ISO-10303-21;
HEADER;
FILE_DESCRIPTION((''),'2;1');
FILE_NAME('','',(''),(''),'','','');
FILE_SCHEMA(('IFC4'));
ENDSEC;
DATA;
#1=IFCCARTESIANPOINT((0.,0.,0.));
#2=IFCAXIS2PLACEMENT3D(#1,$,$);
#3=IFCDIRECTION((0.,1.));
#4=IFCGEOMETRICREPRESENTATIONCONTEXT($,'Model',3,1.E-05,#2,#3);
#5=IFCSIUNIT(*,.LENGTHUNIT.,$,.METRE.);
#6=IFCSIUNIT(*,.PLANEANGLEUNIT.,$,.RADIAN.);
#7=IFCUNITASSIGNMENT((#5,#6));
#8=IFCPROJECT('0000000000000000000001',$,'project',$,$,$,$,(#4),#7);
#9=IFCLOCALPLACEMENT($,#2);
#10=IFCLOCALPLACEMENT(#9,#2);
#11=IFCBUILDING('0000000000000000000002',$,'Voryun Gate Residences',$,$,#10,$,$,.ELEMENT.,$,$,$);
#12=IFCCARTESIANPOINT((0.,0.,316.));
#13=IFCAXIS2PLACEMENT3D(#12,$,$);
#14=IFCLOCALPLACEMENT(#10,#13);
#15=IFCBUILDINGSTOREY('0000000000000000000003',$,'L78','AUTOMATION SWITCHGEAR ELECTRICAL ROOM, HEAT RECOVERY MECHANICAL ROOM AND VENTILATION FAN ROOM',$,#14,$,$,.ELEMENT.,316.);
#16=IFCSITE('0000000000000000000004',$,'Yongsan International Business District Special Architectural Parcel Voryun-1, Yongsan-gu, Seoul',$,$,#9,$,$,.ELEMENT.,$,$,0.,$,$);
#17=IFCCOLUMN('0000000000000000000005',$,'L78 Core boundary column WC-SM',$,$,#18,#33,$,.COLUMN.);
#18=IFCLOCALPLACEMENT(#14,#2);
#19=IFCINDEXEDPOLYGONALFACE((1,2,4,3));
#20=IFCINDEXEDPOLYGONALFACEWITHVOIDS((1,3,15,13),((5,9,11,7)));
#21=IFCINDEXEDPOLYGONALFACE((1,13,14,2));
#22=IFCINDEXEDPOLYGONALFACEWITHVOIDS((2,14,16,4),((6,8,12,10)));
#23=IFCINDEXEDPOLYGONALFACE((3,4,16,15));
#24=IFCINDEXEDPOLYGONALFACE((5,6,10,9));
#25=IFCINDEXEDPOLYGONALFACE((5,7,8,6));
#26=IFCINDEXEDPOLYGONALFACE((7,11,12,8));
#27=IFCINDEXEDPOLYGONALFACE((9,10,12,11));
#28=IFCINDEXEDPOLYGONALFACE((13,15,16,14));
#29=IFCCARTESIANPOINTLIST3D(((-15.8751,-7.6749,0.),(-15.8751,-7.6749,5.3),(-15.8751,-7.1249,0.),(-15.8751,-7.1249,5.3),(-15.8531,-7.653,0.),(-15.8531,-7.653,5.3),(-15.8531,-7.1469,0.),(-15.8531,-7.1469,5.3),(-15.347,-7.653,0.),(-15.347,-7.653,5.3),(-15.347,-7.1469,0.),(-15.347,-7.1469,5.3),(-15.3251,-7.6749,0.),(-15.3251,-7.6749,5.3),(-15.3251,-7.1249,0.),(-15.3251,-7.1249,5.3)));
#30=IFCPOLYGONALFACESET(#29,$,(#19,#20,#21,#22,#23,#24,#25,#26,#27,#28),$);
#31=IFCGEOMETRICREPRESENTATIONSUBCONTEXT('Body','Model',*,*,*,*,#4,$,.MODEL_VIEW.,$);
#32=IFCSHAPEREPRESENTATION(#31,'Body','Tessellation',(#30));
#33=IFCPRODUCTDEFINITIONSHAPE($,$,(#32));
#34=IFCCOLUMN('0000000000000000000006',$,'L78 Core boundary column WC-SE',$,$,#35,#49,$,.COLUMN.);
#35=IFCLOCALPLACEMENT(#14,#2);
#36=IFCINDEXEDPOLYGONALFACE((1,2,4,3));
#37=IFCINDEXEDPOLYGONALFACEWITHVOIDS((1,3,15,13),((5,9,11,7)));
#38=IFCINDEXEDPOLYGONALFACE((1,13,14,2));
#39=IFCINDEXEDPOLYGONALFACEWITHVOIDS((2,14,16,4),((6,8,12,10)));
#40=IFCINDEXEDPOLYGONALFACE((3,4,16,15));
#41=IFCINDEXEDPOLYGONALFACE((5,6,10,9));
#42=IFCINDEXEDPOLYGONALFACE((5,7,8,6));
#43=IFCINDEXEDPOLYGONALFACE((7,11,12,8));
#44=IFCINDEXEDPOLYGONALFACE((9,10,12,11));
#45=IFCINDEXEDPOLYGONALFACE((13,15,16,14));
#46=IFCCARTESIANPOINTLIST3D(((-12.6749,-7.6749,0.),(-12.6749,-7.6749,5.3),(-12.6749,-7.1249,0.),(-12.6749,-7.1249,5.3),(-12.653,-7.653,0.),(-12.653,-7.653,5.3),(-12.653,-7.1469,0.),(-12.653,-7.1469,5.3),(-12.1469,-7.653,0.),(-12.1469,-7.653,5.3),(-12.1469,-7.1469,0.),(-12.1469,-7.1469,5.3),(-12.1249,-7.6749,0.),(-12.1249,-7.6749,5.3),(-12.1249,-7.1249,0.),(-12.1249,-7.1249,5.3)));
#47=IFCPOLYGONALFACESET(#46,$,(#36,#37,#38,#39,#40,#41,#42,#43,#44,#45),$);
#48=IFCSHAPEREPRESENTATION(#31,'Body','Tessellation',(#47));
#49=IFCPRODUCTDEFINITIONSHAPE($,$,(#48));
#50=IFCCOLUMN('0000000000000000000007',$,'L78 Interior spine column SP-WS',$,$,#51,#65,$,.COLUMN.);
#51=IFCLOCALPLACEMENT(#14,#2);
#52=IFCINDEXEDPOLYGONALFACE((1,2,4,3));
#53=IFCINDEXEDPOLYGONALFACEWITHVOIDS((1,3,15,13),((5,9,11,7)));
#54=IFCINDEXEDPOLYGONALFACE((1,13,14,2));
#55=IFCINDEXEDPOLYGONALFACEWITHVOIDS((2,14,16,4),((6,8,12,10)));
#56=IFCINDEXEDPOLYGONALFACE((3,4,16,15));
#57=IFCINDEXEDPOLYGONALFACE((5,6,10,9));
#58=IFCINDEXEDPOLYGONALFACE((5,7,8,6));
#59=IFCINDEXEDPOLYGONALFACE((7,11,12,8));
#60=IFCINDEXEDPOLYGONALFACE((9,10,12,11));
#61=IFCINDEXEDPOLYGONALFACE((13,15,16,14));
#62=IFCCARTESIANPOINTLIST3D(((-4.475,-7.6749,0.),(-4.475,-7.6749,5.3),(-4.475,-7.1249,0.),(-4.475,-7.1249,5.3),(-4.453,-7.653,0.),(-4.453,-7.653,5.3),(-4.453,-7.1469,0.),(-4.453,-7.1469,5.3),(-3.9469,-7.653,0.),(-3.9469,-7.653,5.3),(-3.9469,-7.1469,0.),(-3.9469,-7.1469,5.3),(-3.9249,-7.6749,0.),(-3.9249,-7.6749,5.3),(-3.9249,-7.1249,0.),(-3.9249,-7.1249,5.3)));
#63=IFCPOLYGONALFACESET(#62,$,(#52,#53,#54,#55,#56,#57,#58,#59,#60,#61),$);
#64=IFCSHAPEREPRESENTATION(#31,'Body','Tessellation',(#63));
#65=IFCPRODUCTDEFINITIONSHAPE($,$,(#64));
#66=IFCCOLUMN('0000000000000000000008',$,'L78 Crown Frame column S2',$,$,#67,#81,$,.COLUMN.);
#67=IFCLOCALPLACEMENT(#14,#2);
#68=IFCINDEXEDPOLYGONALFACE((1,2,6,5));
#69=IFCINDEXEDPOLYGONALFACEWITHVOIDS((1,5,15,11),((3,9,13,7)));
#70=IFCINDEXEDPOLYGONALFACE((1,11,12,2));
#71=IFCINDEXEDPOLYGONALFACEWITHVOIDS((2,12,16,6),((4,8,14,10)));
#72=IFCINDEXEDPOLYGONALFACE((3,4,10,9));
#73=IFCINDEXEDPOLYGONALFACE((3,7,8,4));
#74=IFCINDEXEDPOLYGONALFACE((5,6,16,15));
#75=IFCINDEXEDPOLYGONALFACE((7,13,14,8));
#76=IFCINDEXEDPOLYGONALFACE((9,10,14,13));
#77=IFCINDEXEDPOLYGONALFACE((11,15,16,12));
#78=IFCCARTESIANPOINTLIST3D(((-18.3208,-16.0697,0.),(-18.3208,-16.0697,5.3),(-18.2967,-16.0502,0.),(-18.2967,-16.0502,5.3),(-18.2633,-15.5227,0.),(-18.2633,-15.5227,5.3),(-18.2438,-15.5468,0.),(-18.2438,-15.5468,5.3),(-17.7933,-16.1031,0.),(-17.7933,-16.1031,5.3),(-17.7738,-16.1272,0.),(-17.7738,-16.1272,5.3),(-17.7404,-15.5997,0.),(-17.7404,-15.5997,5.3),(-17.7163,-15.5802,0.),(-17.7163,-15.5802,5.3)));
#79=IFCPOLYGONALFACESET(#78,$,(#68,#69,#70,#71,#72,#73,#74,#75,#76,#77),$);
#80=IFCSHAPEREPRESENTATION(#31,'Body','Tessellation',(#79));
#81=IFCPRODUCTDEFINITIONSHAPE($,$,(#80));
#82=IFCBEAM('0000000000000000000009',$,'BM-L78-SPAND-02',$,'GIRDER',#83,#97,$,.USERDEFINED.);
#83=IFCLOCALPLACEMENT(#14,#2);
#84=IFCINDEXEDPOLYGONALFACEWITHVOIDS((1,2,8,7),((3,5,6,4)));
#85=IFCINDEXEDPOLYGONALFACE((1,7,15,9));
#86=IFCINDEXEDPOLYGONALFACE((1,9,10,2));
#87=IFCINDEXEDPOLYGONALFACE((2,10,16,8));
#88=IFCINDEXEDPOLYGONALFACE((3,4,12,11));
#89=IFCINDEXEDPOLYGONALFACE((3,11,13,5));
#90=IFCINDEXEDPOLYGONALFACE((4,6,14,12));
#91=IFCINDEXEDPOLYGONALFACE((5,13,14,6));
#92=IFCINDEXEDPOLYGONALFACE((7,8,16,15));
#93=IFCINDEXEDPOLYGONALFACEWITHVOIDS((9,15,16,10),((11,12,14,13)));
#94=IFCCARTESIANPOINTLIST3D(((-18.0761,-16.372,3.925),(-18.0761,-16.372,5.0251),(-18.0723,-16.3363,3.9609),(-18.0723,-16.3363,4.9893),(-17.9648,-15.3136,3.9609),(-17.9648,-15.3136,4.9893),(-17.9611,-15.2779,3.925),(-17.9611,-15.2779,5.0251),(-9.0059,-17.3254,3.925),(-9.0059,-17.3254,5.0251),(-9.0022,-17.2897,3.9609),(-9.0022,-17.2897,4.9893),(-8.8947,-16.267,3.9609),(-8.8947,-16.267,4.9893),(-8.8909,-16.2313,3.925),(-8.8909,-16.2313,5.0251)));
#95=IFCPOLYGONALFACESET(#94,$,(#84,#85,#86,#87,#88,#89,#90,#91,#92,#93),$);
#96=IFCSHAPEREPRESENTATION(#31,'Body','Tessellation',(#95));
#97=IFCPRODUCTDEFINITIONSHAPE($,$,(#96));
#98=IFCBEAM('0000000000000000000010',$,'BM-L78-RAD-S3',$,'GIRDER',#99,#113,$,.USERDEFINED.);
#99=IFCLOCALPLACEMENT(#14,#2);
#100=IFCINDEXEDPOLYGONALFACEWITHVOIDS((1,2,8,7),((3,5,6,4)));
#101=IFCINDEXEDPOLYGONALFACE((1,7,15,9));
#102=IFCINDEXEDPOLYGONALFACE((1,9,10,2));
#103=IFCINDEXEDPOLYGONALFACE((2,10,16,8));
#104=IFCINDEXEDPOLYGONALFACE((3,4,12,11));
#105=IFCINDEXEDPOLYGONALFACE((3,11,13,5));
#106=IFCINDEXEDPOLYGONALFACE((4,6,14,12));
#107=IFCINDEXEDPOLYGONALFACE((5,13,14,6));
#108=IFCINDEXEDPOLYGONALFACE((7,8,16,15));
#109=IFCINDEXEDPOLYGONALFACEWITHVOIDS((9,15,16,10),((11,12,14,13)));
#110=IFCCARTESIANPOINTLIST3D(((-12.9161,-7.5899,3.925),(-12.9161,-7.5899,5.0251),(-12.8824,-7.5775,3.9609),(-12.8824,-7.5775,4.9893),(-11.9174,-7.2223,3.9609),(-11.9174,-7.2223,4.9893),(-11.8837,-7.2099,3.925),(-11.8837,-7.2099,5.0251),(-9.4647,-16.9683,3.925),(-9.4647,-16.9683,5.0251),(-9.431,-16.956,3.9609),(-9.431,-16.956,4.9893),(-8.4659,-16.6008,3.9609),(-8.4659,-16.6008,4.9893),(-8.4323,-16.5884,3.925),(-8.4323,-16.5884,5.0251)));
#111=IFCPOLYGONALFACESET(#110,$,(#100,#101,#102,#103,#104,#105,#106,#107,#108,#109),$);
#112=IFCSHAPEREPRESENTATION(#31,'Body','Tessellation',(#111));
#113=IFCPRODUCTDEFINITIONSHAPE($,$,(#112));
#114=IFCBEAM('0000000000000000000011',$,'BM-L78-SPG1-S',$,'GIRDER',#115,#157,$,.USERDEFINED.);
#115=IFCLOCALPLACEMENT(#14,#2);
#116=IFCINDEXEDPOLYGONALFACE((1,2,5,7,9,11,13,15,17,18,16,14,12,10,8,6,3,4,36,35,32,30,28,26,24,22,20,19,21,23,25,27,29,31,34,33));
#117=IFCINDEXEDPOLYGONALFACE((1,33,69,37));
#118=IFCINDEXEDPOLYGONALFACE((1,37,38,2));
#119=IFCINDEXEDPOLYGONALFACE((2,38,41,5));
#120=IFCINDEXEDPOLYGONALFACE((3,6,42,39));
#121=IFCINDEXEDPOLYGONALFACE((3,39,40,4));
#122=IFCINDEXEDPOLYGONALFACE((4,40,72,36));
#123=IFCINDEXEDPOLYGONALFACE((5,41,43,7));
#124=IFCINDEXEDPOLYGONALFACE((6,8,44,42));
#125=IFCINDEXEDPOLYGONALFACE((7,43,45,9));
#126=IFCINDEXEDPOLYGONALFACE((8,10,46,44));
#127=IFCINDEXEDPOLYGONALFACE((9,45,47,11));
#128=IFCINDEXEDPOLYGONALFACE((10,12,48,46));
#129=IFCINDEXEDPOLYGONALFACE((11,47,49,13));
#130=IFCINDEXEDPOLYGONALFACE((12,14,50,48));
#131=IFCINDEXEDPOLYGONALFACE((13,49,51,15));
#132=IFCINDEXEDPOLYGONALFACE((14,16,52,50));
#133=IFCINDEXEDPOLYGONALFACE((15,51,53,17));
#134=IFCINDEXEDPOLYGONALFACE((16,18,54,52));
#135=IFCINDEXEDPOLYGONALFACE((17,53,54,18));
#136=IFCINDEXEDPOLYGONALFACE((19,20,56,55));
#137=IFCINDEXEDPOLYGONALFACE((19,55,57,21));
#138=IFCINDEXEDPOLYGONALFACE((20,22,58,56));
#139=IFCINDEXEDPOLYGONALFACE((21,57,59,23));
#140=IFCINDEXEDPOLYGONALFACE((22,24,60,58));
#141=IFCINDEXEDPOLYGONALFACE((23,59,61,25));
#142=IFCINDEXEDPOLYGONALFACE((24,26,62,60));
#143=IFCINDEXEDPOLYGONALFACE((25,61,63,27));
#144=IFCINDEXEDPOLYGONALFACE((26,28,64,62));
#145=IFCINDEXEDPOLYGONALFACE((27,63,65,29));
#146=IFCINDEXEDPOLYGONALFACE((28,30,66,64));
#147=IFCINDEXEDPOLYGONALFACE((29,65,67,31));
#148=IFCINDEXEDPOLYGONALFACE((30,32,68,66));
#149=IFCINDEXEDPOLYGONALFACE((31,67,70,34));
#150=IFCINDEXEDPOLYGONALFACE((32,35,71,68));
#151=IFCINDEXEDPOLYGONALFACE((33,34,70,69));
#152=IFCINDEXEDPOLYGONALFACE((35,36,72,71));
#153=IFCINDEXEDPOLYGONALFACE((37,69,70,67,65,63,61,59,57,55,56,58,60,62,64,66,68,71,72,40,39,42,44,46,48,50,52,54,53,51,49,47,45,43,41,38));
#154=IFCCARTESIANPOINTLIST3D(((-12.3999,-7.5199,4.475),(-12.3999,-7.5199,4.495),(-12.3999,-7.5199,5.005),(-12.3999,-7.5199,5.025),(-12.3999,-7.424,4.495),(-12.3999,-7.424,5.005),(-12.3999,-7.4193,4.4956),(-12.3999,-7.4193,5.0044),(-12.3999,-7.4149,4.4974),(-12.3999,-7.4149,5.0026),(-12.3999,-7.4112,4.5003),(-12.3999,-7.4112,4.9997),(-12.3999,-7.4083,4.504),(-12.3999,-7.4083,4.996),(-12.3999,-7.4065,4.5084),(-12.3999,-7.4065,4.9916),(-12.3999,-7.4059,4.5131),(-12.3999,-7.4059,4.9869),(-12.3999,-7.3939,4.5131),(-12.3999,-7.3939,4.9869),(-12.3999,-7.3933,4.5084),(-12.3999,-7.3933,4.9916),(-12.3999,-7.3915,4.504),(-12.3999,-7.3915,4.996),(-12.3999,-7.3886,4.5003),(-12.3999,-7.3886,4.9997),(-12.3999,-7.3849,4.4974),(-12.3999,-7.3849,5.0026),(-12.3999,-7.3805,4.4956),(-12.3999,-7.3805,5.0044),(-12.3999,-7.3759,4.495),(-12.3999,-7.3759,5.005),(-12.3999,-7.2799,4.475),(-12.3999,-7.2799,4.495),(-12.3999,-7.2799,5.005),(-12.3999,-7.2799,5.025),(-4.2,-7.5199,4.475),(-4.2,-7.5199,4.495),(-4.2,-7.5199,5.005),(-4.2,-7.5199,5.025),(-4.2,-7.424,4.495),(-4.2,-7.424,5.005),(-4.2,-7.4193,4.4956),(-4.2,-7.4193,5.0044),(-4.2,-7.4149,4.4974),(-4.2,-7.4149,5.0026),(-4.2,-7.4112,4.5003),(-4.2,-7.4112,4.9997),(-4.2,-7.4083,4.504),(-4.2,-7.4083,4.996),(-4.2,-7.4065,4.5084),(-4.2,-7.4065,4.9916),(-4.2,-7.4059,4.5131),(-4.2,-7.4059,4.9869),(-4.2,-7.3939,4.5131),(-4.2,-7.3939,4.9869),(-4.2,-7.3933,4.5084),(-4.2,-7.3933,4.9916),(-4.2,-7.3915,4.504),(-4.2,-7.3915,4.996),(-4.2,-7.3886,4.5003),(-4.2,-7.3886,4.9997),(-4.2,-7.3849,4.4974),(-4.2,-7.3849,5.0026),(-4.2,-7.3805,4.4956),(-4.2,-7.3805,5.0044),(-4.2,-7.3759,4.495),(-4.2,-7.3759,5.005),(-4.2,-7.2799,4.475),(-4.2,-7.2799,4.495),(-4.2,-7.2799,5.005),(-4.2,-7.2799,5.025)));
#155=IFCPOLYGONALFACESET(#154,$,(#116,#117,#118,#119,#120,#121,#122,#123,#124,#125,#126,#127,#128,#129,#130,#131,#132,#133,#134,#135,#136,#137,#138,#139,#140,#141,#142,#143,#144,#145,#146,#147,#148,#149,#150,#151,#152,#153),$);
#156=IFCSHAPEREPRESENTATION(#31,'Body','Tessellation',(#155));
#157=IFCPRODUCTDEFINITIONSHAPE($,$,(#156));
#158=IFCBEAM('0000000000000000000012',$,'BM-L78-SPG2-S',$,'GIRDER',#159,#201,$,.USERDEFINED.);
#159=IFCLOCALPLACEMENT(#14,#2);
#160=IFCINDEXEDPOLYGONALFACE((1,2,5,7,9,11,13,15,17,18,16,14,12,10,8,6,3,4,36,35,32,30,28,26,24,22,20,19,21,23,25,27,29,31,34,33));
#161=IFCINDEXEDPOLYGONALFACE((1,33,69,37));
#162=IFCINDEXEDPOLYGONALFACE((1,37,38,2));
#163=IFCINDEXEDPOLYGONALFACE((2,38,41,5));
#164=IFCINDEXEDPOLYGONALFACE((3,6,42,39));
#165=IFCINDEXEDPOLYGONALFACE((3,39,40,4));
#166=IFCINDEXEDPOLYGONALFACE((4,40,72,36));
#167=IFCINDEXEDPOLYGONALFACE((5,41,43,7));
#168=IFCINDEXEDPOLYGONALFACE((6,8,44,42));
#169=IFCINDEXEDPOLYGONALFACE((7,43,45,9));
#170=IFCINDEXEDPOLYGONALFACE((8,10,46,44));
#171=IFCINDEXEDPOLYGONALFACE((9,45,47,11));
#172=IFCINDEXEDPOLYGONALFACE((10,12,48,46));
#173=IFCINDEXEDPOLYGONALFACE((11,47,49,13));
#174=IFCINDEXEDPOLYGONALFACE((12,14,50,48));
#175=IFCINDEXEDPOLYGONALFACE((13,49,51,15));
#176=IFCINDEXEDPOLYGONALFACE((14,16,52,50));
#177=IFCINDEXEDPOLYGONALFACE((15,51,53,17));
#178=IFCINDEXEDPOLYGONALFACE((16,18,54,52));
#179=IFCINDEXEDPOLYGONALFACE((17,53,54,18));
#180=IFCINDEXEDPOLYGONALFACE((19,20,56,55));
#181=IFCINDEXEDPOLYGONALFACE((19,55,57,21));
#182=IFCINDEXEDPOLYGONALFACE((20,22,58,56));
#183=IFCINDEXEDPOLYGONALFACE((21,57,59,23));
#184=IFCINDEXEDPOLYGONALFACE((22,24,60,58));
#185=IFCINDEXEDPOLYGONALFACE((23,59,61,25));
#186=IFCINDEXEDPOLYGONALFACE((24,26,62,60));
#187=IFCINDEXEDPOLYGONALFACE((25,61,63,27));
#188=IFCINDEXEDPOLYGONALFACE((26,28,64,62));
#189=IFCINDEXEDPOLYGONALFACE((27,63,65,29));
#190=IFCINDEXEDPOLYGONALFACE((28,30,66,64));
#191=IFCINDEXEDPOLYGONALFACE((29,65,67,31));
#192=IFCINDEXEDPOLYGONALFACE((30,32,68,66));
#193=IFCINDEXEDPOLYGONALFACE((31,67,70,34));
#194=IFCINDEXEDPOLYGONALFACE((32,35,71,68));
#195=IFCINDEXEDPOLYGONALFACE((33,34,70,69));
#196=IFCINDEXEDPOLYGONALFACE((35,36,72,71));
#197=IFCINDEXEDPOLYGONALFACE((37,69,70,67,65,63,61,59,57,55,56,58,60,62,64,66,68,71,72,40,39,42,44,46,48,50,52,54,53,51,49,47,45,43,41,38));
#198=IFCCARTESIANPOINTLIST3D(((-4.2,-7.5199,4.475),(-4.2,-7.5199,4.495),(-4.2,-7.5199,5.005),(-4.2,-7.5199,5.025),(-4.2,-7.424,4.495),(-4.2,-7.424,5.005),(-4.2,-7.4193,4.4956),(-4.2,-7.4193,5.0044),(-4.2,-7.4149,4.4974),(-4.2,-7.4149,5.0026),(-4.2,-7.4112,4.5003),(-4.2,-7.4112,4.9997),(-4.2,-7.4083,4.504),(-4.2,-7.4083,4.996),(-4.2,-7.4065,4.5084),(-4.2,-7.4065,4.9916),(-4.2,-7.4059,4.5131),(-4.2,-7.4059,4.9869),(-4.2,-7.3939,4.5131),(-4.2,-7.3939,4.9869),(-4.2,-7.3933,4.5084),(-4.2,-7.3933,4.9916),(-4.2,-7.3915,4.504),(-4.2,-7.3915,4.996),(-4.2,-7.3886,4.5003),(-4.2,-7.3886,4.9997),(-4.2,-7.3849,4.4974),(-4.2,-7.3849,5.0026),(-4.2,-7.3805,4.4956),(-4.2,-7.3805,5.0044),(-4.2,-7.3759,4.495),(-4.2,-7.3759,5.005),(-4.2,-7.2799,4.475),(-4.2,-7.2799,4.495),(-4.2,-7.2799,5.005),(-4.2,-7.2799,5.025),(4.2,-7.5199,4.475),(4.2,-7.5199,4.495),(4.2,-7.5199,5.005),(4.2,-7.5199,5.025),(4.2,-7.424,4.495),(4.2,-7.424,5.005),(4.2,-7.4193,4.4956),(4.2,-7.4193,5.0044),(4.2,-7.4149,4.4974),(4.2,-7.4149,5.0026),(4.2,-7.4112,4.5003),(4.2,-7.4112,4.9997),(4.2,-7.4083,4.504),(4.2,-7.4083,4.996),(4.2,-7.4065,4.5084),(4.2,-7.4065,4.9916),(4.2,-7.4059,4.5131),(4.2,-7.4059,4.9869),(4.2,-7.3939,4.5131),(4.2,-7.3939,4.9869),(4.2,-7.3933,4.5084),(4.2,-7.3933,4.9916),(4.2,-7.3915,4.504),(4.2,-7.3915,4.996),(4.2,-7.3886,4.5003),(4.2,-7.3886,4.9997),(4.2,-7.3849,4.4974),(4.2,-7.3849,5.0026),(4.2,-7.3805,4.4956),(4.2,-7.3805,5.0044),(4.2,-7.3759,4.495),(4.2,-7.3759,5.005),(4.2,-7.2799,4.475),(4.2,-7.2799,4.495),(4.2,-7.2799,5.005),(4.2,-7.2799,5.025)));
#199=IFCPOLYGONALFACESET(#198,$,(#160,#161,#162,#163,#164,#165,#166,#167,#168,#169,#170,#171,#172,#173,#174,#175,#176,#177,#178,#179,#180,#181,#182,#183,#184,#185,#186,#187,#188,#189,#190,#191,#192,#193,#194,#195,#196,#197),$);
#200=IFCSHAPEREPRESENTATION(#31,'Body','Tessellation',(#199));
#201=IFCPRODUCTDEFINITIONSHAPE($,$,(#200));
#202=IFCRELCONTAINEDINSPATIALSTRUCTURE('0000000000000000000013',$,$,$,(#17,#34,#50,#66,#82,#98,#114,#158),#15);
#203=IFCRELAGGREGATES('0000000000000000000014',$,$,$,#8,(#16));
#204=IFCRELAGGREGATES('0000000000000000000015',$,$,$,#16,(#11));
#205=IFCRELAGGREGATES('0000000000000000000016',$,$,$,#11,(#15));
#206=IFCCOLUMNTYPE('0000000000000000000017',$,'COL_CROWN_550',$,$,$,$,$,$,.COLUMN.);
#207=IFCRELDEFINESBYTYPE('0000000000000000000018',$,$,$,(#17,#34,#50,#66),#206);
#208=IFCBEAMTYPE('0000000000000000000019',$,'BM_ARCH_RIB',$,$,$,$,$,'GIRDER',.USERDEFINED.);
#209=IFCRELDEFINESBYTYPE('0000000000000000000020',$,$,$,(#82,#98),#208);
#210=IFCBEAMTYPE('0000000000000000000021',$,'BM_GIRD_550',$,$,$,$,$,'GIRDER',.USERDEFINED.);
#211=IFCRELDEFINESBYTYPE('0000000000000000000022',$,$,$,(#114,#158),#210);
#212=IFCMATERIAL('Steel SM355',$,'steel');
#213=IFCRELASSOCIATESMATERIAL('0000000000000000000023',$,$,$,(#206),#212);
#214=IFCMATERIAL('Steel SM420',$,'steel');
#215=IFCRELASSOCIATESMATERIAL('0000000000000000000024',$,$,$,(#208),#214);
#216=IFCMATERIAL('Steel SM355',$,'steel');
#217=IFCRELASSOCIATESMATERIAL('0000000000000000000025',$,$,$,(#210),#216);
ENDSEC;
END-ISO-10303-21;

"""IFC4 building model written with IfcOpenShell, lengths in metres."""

from ifc_helpers import new_model, si_unit, direction, frame, origin, origin_2d, place, context, subcontext, project, spatial, hollow_rectangle, i_section, extrude, material, material_profile, profile_set, type_object, element, save


model = new_model("IFC4")

# Units and contexts
model_context = context("Model", 3, precision=1e-05, world=origin(), true_north=direction((0.0, 1.0)))
body_context = subcontext(model_context, "Body", "Model", "MODEL_VIEW")
ifc_project = project(units=[si_unit("LENGTHUNIT", "METRE"), si_unit("PLANEANGLEUNIT", "RADIAN")], contexts=[model_context])

# Site, building, storey
site_placement = place(None, origin())
site = spatial("IfcSite", under=ifc_project, at=site_placement, Name="Yongsan International Business District Special Architectural Parcel Voryun-1, Yongsan-gu, Seoul", CompositionType="ELEMENT", RefElevation=0.0)
building_placement = place(site_placement, origin())
building = spatial("IfcBuilding", under=site, at=building_placement, Name="Voryun Gate Residences", CompositionType="ELEMENT")
storey_placement = place(building_placement, frame((0.0, 0.0, 316.0)))
storey = spatial("IfcBuildingStorey", under=building, at=storey_placement, Name="L78", Description="AUTOMATION SWITCHGEAR ELECTRICAL ROOM, HEAT RECOVERY MECHANICAL ROOM AND VENTILATION FAN ROOM", CompositionType="ELEMENT", Elevation=316.0)

# Columns
ifc_material_1 = material(Name="Steel SM355", Category="steel")
ifc_material_profile_1 = material_profile(ifc_material_1, hollow_rectangle(XDim=0.55, YDim=0.55, WallThickness=0.022, at=origin_2d()), Name="BOX-550x550x22")
ifc_profile_set_1 = profile_set([ifc_material_profile_1], Name="Steel SM355")
column_type = type_object("IfcColumnType", Name="COL_CROWN_550", PredefinedType="COLUMN", material=ifc_profile_set_1)
for number, where, z_axis, x_axis, name in (
    (1, (-15.6001, -7.3999, 0.0), (0.0, 0.0, 1.0), (1.0, 0.0, 0.0), "L78 Core boundary column WC-SM"),
    (2, (-12.3999, -7.3999, 0.0), (0.0, 0.0, 1.0), (1.0, 0.0, 0.0), "L78 Core boundary column WC-SE"),
    (3, (-4.2, -7.3999, 0.0), (0.0, 0.0, 1.0), (1.0, 0.0, 0.0), "L78 Interior spine column SP-WS"),
    (4, (-18.0186, -15.825, 0.0), (0.0, 0.0, 1.0), (0.994522, -0.104528, 0.0), "L78 Crown Frame column S2"),
):
    element("IfcColumn", number, at=place(storey_placement, frame(where, z_axis=z_axis, x_axis=x_axis)), inside=storey, type_object=column_type, Name=name, PredefinedType="COLUMN", context=body_context, shape_type="SweptSolid", body=[
        extrude(hollow_rectangle(XDim=0.55, YDim=0.55, WallThickness=0.022, at=origin_2d()), origin(), (0.0, 0.0, 1.0), 5.3),
    ])

# Beams
ifc_material_2 = material(Name="Steel SM420", Category="steel")
ifc_material_profile_2 = material_profile(ifc_material_2, hollow_rectangle(XDim=1.1001, YDim=1.1001, WallThickness=0.0359, at=origin_2d()), Name="BOX-1100x1100x36")
ifc_profile_set_2 = profile_set([ifc_material_profile_2], Name="Steel SM420")
beam_type_1 = type_object("IfcBeamType", Name="BM_ARCH_RIB", ElementType="GIRDER", PredefinedType="USERDEFINED", material=ifc_profile_set_2)
beam_1_placement = place(storey_placement, frame((-18.0186, -15.825, 4.4751), z_axis=(0.994521, -0.104536, 0.0), x_axis=(0.104536, 0.994521, 0.0)))
element("IfcBeam", 5, at=beam_1_placement, inside=storey, type_object=beam_type_1, Name="BM-L78-SPAND-02", ObjectType="GIRDER", PredefinedType="USERDEFINED", context=body_context, shape_type="SweptSolid", body=[
    extrude(hollow_rectangle(XDim=1.1001, YDim=1.1001, WallThickness=0.0359, at=origin_2d()), origin(), (0.0, 0.0, 1.0), 9.1201),
])
beam_2_placement = place(storey_placement, frame((-12.3999, -7.3999, 4.4751), z_axis=(0.345371, -0.938466, 0.0), x_axis=(0.938466, 0.345371, 0.0)))
element("IfcBeam", 6, at=beam_2_placement, inside=storey, type_object=beam_type_1, Name="BM-L78-RAD-S3", ObjectType="GIRDER", PredefinedType="USERDEFINED", context=body_context, shape_type="SweptSolid", body=[
    extrude(hollow_rectangle(XDim=1.1001, YDim=1.1001, WallThickness=0.0359, at=origin_2d()), origin(), (0.0, 0.0, 1.0), 9.9934),
])
ifc_material_3 = material(Name="Steel SM355", Category="steel")
ifc_material_profile_3 = material_profile(ifc_material_3, i_section(OverallWidth=0.24, OverallDepth=0.55, WebThickness=0.012, FlangeThickness=0.02, FilletRadius=0.0181, at=origin_2d()), Name="H-550x240x12x20")
ifc_profile_set_3 = profile_set([ifc_material_profile_3], Name="Steel SM355")
beam_type_2 = type_object("IfcBeamType", Name="BM_GIRD_550", ElementType="GIRDER", PredefinedType="USERDEFINED", material=ifc_profile_set_3)
beam_3_placement = place(storey_placement, frame((-12.3999, -7.3999, 4.75), z_axis=(1.0, 0.0, 0.0), x_axis=(0.0, 1.0, 0.0)))
element("IfcBeam", 7, at=beam_3_placement, inside=storey, type_object=beam_type_2, Name="BM-L78-SPG1-S", ObjectType="GIRDER", PredefinedType="USERDEFINED", context=body_context, shape_type="SweptSolid", body=[
    extrude(i_section(OverallWidth=0.24, OverallDepth=0.55, WebThickness=0.012, FlangeThickness=0.02, FilletRadius=0.0181, at=origin_2d()), origin(), (0.0, 0.0, 1.0), 8.2),
])
beam_4_placement = place(storey_placement, frame((-4.2, -7.3999, 4.75), z_axis=(1.0, 0.0, 0.0), x_axis=(0.0, 1.0, 0.0)))
element("IfcBeam", 8, at=beam_4_placement, inside=storey, type_object=beam_type_2, Name="BM-L78-SPG2-S", ObjectType="GIRDER", PredefinedType="USERDEFINED", context=body_context, shape_type="SweptSolid", body=[
    extrude(i_section(OverallWidth=0.24, OverallDepth=0.55, WebThickness=0.012, FlangeThickness=0.02, FilletRadius=0.0181, at=origin_2d()), origin(), (0.0, 0.0, 1.0), 8.3999),
])

save(model, "model.ifc")
